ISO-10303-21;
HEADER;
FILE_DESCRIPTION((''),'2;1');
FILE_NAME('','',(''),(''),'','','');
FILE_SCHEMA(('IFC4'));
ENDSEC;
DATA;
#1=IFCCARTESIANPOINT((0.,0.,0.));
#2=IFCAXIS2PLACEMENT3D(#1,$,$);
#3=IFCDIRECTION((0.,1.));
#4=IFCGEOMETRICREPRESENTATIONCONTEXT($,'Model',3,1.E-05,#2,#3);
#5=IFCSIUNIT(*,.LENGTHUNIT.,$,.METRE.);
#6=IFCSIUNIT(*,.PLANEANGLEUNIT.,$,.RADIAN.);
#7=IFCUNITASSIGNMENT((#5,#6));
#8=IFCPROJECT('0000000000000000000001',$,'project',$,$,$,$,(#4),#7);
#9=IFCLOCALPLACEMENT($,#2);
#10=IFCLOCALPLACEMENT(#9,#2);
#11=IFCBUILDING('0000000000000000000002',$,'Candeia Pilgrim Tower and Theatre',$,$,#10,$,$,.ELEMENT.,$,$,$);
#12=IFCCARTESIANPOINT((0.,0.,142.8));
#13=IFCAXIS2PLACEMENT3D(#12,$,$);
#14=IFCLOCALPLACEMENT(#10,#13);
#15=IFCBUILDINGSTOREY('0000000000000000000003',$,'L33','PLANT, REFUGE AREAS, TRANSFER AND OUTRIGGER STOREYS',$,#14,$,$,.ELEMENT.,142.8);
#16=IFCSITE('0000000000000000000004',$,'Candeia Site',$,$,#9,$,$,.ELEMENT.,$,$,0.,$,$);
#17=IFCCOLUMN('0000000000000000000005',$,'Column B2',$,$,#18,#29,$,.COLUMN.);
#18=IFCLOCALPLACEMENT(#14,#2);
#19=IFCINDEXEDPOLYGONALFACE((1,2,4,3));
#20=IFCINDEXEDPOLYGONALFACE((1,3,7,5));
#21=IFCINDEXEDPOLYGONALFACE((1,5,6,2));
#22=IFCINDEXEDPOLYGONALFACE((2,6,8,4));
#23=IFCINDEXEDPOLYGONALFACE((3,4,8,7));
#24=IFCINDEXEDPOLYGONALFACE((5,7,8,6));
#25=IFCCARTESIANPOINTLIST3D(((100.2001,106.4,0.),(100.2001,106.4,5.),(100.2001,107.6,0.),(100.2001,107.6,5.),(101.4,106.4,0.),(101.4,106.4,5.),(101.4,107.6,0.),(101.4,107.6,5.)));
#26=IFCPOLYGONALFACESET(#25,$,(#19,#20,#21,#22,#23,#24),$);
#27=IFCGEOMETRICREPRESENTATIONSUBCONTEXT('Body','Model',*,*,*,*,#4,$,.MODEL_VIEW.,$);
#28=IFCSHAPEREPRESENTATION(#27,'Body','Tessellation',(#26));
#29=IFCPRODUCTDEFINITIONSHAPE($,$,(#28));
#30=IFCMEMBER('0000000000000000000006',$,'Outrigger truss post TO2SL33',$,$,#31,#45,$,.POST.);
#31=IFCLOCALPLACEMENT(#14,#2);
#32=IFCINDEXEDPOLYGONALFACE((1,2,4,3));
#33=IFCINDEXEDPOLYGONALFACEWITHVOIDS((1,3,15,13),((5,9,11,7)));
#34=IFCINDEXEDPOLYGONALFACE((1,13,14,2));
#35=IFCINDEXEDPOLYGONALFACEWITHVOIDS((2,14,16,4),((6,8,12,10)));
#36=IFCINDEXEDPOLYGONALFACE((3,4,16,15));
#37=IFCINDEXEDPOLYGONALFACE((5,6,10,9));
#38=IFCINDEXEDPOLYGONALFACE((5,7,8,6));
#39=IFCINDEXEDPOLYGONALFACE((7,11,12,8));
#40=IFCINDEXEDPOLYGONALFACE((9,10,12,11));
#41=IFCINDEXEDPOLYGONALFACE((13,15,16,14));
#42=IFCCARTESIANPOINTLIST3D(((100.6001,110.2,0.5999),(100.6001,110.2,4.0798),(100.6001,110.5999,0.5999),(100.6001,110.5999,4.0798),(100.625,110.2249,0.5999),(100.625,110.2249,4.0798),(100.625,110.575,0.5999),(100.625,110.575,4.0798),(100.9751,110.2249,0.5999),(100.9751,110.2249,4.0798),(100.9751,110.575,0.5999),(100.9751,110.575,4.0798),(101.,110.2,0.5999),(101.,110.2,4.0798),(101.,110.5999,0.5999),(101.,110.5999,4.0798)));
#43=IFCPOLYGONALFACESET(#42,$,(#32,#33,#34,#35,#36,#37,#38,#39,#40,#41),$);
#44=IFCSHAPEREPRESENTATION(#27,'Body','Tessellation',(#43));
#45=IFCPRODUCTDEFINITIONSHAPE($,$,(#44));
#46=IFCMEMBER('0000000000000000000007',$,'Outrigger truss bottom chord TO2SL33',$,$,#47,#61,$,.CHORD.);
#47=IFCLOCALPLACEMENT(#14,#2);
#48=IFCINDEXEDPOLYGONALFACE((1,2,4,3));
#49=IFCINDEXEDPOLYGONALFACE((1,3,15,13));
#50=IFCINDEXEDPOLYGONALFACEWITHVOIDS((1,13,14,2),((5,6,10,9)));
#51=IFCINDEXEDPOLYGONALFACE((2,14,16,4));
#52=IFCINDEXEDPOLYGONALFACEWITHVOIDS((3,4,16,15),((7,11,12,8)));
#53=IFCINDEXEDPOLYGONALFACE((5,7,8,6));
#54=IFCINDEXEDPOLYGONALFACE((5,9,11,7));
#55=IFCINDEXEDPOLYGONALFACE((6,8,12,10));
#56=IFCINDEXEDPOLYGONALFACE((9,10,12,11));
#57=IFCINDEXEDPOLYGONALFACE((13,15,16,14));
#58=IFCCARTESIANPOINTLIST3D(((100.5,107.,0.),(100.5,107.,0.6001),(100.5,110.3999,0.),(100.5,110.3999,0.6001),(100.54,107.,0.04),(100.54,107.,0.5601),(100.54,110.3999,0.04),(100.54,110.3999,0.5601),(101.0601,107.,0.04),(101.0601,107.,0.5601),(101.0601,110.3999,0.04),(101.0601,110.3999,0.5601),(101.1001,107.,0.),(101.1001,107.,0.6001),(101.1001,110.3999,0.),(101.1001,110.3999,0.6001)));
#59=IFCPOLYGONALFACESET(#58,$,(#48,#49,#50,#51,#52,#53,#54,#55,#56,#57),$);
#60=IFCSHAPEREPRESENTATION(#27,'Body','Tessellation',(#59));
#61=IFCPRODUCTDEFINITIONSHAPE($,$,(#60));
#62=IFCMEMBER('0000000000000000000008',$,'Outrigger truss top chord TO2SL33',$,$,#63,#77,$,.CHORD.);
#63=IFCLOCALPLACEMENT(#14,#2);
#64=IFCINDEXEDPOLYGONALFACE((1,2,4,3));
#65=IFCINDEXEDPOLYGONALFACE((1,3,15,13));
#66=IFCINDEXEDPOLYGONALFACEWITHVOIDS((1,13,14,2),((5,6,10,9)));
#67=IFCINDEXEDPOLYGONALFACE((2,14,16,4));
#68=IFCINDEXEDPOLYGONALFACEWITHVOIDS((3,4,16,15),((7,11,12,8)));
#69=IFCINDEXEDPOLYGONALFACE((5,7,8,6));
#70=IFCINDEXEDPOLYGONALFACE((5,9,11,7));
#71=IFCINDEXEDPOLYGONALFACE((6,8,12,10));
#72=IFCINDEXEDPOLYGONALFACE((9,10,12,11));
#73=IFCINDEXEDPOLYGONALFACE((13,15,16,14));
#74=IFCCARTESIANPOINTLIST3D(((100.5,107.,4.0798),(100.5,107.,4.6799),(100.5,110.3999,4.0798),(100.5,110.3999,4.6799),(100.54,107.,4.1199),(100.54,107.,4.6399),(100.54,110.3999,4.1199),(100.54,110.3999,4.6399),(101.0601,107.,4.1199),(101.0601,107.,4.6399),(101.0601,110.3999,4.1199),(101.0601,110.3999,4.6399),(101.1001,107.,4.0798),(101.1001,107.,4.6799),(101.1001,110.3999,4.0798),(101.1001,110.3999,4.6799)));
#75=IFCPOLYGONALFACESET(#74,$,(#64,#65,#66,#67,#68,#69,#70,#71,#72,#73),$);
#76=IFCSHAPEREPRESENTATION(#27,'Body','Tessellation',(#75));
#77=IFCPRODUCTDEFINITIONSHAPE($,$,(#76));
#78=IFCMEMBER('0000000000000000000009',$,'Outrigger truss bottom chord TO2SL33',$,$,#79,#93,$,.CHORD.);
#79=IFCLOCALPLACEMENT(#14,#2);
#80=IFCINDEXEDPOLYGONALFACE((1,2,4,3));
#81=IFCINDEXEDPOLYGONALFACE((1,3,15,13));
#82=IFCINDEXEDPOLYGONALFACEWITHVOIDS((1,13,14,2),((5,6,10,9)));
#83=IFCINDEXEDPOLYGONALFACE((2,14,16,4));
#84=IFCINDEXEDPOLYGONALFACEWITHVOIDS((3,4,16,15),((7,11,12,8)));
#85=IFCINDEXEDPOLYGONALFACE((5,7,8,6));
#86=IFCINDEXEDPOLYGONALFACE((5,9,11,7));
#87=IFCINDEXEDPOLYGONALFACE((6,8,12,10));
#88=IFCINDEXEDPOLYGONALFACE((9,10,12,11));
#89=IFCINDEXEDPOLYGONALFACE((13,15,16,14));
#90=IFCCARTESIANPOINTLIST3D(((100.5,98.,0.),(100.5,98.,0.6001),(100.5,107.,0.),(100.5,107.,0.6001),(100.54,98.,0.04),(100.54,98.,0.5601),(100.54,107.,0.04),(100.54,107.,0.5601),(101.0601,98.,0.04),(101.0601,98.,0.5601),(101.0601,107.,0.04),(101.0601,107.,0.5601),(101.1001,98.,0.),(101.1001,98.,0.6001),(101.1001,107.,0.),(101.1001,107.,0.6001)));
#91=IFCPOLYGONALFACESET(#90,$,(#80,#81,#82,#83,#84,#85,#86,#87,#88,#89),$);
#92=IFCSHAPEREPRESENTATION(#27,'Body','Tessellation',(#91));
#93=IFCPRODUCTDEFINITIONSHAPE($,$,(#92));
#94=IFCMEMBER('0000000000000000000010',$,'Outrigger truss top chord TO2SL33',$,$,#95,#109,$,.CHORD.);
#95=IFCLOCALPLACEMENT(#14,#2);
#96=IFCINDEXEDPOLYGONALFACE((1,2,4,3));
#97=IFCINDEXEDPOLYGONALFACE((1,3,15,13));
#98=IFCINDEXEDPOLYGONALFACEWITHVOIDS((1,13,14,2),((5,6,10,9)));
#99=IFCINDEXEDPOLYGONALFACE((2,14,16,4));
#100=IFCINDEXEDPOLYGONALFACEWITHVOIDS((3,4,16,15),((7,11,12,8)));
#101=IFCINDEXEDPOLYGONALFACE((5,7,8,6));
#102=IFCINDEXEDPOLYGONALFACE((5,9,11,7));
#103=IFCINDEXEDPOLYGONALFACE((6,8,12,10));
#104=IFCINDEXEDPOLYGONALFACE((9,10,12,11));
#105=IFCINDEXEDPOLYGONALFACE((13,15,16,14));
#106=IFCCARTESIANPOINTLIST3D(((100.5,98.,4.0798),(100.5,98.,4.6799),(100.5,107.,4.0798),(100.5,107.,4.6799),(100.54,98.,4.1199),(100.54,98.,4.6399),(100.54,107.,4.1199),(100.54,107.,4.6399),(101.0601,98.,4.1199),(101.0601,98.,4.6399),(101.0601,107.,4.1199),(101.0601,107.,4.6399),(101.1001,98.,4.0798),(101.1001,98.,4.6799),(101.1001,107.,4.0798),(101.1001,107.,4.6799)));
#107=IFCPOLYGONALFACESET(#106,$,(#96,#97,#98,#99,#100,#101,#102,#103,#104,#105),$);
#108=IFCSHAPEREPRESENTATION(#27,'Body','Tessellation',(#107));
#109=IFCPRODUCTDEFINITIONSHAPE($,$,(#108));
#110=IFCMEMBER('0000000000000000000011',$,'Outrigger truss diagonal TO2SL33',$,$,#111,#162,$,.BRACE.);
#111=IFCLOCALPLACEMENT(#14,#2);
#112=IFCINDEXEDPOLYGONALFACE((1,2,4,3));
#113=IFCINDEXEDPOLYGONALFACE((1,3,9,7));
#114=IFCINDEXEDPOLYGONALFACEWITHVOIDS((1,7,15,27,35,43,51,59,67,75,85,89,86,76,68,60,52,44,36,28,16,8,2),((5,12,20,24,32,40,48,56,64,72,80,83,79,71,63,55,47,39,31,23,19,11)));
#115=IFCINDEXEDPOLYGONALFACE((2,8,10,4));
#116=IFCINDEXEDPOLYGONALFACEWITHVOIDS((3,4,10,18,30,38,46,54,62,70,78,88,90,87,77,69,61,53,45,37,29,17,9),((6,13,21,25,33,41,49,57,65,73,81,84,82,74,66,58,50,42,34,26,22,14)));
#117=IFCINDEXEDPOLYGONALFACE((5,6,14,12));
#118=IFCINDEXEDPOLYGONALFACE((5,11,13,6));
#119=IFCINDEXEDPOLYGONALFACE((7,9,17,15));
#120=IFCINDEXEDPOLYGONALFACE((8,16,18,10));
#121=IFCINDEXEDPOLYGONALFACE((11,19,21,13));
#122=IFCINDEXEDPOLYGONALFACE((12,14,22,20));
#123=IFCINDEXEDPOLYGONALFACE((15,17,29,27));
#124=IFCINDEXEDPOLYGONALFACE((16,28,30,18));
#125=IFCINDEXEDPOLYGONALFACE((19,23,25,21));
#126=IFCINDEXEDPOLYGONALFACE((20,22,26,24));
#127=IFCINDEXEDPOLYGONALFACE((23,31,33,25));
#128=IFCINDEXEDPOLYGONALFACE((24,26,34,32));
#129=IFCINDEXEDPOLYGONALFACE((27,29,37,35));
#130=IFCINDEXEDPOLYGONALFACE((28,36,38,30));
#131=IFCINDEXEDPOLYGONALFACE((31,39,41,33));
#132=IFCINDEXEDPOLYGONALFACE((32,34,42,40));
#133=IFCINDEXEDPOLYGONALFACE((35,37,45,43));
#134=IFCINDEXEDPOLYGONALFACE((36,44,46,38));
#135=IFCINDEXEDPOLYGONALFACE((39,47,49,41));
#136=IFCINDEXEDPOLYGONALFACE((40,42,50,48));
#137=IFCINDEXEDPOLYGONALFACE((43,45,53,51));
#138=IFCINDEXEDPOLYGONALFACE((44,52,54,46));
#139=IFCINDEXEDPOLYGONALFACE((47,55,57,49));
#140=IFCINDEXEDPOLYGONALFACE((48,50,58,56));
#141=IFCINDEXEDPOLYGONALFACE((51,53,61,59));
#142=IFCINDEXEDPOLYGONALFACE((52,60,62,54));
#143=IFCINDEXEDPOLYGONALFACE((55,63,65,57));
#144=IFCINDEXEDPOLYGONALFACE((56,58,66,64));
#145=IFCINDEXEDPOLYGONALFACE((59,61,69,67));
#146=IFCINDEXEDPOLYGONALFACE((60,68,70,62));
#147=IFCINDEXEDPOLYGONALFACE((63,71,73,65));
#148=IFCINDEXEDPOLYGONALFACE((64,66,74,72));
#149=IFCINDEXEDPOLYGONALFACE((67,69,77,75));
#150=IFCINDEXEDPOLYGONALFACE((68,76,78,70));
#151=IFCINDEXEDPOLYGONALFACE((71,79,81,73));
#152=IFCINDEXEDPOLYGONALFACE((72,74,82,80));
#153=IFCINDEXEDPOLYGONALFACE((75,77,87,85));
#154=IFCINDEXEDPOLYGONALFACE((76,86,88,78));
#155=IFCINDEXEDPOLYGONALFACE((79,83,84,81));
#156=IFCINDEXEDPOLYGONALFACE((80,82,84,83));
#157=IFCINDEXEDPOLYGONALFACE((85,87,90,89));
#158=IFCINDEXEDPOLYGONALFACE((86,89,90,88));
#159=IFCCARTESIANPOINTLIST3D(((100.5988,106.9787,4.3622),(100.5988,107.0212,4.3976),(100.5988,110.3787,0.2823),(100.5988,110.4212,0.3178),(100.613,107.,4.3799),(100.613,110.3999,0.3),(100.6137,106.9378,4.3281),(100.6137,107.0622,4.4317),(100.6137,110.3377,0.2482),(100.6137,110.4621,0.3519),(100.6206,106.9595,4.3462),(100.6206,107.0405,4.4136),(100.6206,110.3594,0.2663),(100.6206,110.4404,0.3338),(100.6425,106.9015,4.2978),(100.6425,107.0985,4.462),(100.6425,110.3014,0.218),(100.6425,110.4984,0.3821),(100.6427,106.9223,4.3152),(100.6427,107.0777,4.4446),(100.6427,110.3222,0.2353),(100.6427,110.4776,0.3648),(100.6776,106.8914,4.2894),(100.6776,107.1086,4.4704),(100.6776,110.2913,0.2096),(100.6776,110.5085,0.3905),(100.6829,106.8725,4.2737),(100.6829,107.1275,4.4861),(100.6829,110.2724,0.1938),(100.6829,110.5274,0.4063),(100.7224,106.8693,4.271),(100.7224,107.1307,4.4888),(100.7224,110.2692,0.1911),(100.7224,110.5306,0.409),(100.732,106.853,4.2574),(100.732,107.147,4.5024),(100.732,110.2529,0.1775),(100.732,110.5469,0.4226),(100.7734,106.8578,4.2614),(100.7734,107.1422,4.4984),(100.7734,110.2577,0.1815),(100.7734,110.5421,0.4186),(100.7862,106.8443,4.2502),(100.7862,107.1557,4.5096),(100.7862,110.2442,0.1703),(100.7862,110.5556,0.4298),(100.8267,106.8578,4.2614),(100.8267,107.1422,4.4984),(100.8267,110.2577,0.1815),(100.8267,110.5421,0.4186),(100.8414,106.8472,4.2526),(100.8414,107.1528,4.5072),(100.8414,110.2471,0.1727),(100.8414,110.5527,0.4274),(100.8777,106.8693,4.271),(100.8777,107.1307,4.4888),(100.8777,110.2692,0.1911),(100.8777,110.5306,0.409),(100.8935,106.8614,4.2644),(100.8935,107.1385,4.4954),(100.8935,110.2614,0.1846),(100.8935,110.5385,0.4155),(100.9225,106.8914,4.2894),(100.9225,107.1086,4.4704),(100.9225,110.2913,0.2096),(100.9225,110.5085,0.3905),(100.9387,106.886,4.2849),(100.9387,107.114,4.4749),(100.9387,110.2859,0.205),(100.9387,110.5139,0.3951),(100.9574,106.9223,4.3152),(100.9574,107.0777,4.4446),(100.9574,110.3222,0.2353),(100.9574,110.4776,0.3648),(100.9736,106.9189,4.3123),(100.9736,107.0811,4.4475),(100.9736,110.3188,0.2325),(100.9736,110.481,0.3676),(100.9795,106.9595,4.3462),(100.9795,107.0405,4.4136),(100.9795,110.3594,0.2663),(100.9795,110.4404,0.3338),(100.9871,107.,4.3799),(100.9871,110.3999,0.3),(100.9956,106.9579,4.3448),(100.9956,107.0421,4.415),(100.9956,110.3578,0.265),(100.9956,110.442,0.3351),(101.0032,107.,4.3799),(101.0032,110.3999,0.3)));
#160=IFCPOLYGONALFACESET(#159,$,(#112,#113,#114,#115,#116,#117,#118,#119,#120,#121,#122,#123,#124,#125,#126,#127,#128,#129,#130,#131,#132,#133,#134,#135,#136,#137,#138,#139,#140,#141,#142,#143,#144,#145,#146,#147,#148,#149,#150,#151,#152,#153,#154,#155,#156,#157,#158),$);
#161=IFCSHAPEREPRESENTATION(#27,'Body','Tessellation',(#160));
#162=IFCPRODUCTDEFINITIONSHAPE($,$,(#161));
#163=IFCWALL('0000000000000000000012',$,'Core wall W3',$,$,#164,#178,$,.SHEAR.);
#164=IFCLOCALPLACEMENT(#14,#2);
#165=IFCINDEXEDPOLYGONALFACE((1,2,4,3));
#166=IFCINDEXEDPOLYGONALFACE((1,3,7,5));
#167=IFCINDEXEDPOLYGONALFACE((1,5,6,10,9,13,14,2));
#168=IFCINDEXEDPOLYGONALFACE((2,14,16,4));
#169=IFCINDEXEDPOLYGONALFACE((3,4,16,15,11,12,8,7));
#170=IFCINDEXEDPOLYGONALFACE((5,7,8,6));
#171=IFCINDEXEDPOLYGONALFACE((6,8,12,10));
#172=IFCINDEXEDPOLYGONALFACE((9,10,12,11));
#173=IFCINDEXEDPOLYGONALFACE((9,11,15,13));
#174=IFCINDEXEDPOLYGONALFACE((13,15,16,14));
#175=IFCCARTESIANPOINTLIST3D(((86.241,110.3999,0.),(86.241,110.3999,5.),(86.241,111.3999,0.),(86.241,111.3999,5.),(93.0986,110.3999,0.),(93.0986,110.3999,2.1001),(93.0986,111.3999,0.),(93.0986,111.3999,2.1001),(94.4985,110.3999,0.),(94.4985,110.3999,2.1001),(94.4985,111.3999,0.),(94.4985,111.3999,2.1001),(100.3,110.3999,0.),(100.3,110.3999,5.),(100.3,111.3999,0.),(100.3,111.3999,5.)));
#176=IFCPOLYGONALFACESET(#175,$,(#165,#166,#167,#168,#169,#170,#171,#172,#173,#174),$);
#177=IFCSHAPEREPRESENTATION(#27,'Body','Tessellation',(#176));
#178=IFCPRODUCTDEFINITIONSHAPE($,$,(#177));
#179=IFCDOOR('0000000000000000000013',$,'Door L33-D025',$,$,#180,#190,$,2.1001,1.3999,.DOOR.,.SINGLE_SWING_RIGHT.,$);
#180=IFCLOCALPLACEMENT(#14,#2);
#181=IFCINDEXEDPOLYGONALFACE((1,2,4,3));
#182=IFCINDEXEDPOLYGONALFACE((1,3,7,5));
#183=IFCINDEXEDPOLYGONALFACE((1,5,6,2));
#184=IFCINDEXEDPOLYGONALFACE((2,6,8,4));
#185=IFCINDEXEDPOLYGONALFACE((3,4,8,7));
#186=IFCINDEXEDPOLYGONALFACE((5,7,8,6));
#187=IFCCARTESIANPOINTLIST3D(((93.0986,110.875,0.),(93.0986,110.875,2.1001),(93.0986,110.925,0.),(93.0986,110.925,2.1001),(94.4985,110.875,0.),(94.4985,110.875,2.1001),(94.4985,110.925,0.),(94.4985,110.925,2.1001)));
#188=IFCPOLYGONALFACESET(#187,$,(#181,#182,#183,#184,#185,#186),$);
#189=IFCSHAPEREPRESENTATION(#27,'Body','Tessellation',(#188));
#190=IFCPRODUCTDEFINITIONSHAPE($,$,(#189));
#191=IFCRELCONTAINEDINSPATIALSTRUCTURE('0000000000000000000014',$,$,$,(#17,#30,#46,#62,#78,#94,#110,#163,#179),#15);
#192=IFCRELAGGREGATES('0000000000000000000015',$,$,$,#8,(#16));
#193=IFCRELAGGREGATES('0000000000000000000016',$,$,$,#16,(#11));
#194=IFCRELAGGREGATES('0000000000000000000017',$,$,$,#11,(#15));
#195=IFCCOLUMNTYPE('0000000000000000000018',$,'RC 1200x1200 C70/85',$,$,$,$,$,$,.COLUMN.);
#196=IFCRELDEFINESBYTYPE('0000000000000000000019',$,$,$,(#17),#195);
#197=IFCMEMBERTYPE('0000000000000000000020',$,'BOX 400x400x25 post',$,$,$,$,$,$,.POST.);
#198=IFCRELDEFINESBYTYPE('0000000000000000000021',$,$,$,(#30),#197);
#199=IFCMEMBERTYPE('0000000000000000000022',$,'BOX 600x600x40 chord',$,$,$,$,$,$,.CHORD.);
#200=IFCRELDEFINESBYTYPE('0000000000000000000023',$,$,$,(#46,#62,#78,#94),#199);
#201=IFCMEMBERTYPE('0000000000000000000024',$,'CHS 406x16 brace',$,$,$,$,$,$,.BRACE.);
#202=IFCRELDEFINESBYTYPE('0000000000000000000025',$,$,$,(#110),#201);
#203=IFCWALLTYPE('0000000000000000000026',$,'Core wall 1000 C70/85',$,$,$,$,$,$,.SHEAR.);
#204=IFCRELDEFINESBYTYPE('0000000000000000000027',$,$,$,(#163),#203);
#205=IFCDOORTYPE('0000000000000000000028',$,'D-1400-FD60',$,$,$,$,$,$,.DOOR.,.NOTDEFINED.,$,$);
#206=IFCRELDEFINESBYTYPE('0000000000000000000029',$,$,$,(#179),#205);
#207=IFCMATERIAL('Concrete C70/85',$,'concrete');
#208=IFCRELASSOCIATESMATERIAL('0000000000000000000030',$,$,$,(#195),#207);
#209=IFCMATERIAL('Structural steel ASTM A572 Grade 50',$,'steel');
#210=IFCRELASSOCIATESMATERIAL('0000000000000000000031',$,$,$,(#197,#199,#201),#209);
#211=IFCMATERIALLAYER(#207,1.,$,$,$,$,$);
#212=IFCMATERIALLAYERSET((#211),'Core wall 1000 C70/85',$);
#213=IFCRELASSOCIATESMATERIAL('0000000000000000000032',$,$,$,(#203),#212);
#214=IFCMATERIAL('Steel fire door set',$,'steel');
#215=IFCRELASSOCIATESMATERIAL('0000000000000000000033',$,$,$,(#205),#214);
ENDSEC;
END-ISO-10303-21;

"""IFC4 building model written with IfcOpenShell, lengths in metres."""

from ifc_helpers import new_model, si_unit, direction, frame, frame_2d, origin, origin_2d, place, context, subcontext, project, spatial, rectangle, hollow_rectangle, hollow_circle, extrude, material, layer, layer_set, material_profile, profile_set, type_object, element, fill, save


model = new_model("IFC4")

# Units and contexts
model_context = context("Model", 3, precision=1e-05, world=origin(), true_north=direction((0.0, 1.0)))
body_context = subcontext(model_context, "Body", "Model", "MODEL_VIEW")
ifc_project = project(units=[si_unit("LENGTHUNIT", "METRE"), si_unit("PLANEANGLEUNIT", "RADIAN")], contexts=[model_context])

# Site, building, storey
site_placement = place(None, origin())
site = spatial("IfcSite", under=ifc_project, at=site_placement, Name="Candeia Site", CompositionType="ELEMENT", RefElevation=0.0)
building_placement = place(site_placement, origin())
building = spatial("IfcBuilding", under=site, at=building_placement, Name="Candeia Pilgrim Tower and Theatre", CompositionType="ELEMENT")
storey_placement = place(building_placement, frame((0.0, 0.0, 142.8)))
storey = spatial("IfcBuildingStorey", under=building, at=storey_placement, Name="L33", Description="PLANT, REFUGE AREAS, TRANSFER AND OUTRIGGER STOREYS", CompositionType="ELEMENT", Elevation=142.8)

# Column
ifc_material_1 = material(Name="Concrete C70/85", Category="concrete")
ifc_material_profile_1 = material_profile(ifc_material_1, rectangle(XDim=1.2, YDim=1.2, at=origin_2d()))
ifc_profile_set_1 = profile_set([ifc_material_profile_1], Name="Concrete C70/85")
column_type = type_object("IfcColumnType", Name="RC 1200x1200 C70/85", PredefinedType="COLUMN", material=ifc_profile_set_1)
column_placement = place(storey_placement, frame((100.8, 107.0, 0.0), z_axis=(0.0, 0.0, 1.0), x_axis=(1.0, 0.0, 0.0)))
element("IfcColumn", 1, at=column_placement, inside=storey, type_object=column_type, Name="Column B2", PredefinedType="COLUMN", context=body_context, shape_type="SweptSolid", body=[
    extrude(rectangle(XDim=1.2, YDim=1.2, at=origin_2d()), origin(), (0.0, 0.0, 1.0), 5.0),
])

# Members
ifc_material_2 = material(Name="Structural steel ASTM A572 Grade 50", Category="steel")
ifc_material_profile_2 = material_profile(ifc_material_2, hollow_rectangle(XDim=0.3999, YDim=0.3999, WallThickness=0.0249, at=origin_2d()))
ifc_profile_set_2 = profile_set([ifc_material_profile_2], Name="Structural steel ASTM A572 Grade 50")
member_type_1 = type_object("IfcMemberType", Name="BOX 400x400x25 post", PredefinedType="POST", material=ifc_profile_set_2)
member_1_placement = place(storey_placement, frame((100.8, 110.3999, 0.5999), z_axis=(0.0, 0.0, 1.0), x_axis=(1.0, 0.0, 0.0)))
element("IfcMember", 2, at=member_1_placement, inside=storey, type_object=member_type_1, Name="Outrigger truss post TO2SL33", PredefinedType="POST", context=body_context, shape_type="SweptSolid", body=[
    extrude(hollow_rectangle(XDim=0.3999, YDim=0.3999, WallThickness=0.0249, at=origin_2d()), origin(), (0.0, 0.0, 1.0), 3.48),
])
ifc_material_profile_3 = material_profile(ifc_material_2, hollow_rectangle(XDim=0.6001, YDim=0.6001, WallThickness=0.04, at=origin_2d()))
ifc_profile_set_3 = profile_set([ifc_material_profile_3], Name="Structural steel ASTM A572 Grade 50")
member_type_2 = type_object("IfcMemberType", Name="BOX 600x600x40 chord", PredefinedType="CHORD", material=ifc_profile_set_3)
for number, where, z_axis, x_axis, name in (
    (3, (100.8, 110.3999, 0.3), (0.0, -1.0, 0.0), (1.0, 0.0, 0.0), "Outrigger truss bottom chord TO2SL33"),
    (4, (100.8, 110.3999, 4.3799), (0.0, -1.0, 0.0), (1.0, 0.0, 0.0), "Outrigger truss top chord TO2SL33"),
):
    element("IfcMember", number, at=place(storey_placement, frame(where, z_axis=z_axis, x_axis=x_axis)), inside=storey, type_object=member_type_2, Name=name, PredefinedType="CHORD", context=body_context, shape_type="SweptSolid", body=[
        extrude(hollow_rectangle(XDim=0.6001, YDim=0.6001, WallThickness=0.04, at=origin_2d()), origin(), (0.0, 0.0, 1.0), 3.3999),
    ])
for number, where, z_axis, x_axis, name in (
    (5, (100.8, 107.0, 0.3), (0.0, -1.0, 0.0), (1.0, 0.0, 0.0), "Outrigger truss bottom chord TO2SL33"),
    (6, (100.8, 107.0, 4.3799), (0.0, -1.0, 0.0), (1.0, 0.0, 0.0), "Outrigger truss top chord TO2SL33"),
):
    element("IfcMember", number, at=place(storey_placement, frame(where, z_axis=z_axis, x_axis=x_axis)), inside=storey, type_object=member_type_2, Name=name, PredefinedType="CHORD", context=body_context, shape_type="SweptSolid", body=[
        extrude(hollow_rectangle(XDim=0.6001, YDim=0.6001, WallThickness=0.04, at=origin_2d()), origin(), (0.0, 0.0, 1.0), 9.0),
    ])
ifc_material_profile_4 = material_profile(ifc_material_2, hollow_circle(Radius=0.2031, WallThickness=0.0161, at=origin_2d()))
ifc_profile_set_4 = profile_set([ifc_material_profile_4], Name="Structural steel ASTM A572 Grade 50")
member_type_3 = type_object("IfcMemberType", Name="CHS 406x16 brace", PredefinedType="BRACE", material=ifc_profile_set_4)
member_2_placement = place(storey_placement, frame((100.8, 110.3999, 0.3), z_axis=(0.0, -0.640189, 0.768218), x_axis=(1.0, 0.0, 0.0)))
element("IfcMember", 7, at=member_2_placement, inside=storey, type_object=member_type_3, Name="Outrigger truss diagonal TO2SL33", PredefinedType="BRACE", context=body_context, shape_type="SweptSolid", body=[
    extrude(hollow_circle(Radius=0.2031, WallThickness=0.0161, at=origin_2d()), origin(), (0.0, 0.0, 1.0), 5.3108),
])

# Wall, opening, door
ifc_layer_1 = layer(ifc_material_1, 1.0)
ifc_layer_set_1 = layer_set([ifc_layer_1], Name="Core wall 1000 C70/85")
wall_type_1 = type_object("IfcWallType", Name="Core wall 1000 C70/85", PredefinedType="SHEAR", material=ifc_layer_set_1)
wall_1_placement = place(storey_placement, frame((100.3, 110.8999, 0.0), z_axis=(0.0, 0.0, 1.0), x_axis=(-1.0, 0.0, 0.0)))
wall_1 = element("IfcWall", 8, at=wall_1_placement, inside=storey, type_object=wall_type_1, Name="Core wall W3", PredefinedType="SHEAR", context=body_context, shape_type="SweptSolid", body=[
    extrude(rectangle(XDim=14.0591, YDim=1.0, at=frame_2d((7.0295, 0.0))), origin(), (0.0, 0.0, 1.0), 5.0),
])
opening_1_placement = place(wall_1_placement, frame((5.8015, 0.0, 0.0)))
opening_1 = element("IfcOpeningElement", 9, at=opening_1_placement, cuts=wall_1, PredefinedType="OPENING", context=body_context, shape_type="SweptSolid", body=[
    extrude(rectangle(XDim=1.3999, YDim=2.1001, at=frame_2d((0.7, 1.05))), frame((0.0, 0.51, 0.0), z_axis=(0.0, -1.0, 0.0), x_axis=(1.0, 0.0, 0.0)), (0.0, 0.0, 1.0), 1.02),
])
ifc_material_3 = material(Name="Steel fire door set", Category="steel")
door_type_1 = type_object("IfcDoorType", Name="D-1400-FD60", OperationType="NOTDEFINED", PredefinedType="DOOR", material=ifc_material_3)
door_1_placement = place(opening_1_placement, origin())
door_1 = element("IfcDoor", 10, at=door_1_placement, inside=storey, type_object=door_type_1, Name="Door L33-D025", OperationType="SINGLE_SWING_RIGHT", OverallHeight=2.1001, OverallWidth=1.3999, PredefinedType="DOOR", context=body_context, shape_type="SweptSolid", body=[
    extrude(rectangle(XDim=1.3999, YDim=2.1001, at=frame_2d((0.7, 1.05))), frame((0.0, 0.0249, 0.0), z_axis=(0.0, -1.0, 0.0), x_axis=(1.0, 0.0, 0.0)), (0.0, 0.0, 1.0), 0.05),
])
fill(opening_1, door_1)

save(model, "model.ifc")
